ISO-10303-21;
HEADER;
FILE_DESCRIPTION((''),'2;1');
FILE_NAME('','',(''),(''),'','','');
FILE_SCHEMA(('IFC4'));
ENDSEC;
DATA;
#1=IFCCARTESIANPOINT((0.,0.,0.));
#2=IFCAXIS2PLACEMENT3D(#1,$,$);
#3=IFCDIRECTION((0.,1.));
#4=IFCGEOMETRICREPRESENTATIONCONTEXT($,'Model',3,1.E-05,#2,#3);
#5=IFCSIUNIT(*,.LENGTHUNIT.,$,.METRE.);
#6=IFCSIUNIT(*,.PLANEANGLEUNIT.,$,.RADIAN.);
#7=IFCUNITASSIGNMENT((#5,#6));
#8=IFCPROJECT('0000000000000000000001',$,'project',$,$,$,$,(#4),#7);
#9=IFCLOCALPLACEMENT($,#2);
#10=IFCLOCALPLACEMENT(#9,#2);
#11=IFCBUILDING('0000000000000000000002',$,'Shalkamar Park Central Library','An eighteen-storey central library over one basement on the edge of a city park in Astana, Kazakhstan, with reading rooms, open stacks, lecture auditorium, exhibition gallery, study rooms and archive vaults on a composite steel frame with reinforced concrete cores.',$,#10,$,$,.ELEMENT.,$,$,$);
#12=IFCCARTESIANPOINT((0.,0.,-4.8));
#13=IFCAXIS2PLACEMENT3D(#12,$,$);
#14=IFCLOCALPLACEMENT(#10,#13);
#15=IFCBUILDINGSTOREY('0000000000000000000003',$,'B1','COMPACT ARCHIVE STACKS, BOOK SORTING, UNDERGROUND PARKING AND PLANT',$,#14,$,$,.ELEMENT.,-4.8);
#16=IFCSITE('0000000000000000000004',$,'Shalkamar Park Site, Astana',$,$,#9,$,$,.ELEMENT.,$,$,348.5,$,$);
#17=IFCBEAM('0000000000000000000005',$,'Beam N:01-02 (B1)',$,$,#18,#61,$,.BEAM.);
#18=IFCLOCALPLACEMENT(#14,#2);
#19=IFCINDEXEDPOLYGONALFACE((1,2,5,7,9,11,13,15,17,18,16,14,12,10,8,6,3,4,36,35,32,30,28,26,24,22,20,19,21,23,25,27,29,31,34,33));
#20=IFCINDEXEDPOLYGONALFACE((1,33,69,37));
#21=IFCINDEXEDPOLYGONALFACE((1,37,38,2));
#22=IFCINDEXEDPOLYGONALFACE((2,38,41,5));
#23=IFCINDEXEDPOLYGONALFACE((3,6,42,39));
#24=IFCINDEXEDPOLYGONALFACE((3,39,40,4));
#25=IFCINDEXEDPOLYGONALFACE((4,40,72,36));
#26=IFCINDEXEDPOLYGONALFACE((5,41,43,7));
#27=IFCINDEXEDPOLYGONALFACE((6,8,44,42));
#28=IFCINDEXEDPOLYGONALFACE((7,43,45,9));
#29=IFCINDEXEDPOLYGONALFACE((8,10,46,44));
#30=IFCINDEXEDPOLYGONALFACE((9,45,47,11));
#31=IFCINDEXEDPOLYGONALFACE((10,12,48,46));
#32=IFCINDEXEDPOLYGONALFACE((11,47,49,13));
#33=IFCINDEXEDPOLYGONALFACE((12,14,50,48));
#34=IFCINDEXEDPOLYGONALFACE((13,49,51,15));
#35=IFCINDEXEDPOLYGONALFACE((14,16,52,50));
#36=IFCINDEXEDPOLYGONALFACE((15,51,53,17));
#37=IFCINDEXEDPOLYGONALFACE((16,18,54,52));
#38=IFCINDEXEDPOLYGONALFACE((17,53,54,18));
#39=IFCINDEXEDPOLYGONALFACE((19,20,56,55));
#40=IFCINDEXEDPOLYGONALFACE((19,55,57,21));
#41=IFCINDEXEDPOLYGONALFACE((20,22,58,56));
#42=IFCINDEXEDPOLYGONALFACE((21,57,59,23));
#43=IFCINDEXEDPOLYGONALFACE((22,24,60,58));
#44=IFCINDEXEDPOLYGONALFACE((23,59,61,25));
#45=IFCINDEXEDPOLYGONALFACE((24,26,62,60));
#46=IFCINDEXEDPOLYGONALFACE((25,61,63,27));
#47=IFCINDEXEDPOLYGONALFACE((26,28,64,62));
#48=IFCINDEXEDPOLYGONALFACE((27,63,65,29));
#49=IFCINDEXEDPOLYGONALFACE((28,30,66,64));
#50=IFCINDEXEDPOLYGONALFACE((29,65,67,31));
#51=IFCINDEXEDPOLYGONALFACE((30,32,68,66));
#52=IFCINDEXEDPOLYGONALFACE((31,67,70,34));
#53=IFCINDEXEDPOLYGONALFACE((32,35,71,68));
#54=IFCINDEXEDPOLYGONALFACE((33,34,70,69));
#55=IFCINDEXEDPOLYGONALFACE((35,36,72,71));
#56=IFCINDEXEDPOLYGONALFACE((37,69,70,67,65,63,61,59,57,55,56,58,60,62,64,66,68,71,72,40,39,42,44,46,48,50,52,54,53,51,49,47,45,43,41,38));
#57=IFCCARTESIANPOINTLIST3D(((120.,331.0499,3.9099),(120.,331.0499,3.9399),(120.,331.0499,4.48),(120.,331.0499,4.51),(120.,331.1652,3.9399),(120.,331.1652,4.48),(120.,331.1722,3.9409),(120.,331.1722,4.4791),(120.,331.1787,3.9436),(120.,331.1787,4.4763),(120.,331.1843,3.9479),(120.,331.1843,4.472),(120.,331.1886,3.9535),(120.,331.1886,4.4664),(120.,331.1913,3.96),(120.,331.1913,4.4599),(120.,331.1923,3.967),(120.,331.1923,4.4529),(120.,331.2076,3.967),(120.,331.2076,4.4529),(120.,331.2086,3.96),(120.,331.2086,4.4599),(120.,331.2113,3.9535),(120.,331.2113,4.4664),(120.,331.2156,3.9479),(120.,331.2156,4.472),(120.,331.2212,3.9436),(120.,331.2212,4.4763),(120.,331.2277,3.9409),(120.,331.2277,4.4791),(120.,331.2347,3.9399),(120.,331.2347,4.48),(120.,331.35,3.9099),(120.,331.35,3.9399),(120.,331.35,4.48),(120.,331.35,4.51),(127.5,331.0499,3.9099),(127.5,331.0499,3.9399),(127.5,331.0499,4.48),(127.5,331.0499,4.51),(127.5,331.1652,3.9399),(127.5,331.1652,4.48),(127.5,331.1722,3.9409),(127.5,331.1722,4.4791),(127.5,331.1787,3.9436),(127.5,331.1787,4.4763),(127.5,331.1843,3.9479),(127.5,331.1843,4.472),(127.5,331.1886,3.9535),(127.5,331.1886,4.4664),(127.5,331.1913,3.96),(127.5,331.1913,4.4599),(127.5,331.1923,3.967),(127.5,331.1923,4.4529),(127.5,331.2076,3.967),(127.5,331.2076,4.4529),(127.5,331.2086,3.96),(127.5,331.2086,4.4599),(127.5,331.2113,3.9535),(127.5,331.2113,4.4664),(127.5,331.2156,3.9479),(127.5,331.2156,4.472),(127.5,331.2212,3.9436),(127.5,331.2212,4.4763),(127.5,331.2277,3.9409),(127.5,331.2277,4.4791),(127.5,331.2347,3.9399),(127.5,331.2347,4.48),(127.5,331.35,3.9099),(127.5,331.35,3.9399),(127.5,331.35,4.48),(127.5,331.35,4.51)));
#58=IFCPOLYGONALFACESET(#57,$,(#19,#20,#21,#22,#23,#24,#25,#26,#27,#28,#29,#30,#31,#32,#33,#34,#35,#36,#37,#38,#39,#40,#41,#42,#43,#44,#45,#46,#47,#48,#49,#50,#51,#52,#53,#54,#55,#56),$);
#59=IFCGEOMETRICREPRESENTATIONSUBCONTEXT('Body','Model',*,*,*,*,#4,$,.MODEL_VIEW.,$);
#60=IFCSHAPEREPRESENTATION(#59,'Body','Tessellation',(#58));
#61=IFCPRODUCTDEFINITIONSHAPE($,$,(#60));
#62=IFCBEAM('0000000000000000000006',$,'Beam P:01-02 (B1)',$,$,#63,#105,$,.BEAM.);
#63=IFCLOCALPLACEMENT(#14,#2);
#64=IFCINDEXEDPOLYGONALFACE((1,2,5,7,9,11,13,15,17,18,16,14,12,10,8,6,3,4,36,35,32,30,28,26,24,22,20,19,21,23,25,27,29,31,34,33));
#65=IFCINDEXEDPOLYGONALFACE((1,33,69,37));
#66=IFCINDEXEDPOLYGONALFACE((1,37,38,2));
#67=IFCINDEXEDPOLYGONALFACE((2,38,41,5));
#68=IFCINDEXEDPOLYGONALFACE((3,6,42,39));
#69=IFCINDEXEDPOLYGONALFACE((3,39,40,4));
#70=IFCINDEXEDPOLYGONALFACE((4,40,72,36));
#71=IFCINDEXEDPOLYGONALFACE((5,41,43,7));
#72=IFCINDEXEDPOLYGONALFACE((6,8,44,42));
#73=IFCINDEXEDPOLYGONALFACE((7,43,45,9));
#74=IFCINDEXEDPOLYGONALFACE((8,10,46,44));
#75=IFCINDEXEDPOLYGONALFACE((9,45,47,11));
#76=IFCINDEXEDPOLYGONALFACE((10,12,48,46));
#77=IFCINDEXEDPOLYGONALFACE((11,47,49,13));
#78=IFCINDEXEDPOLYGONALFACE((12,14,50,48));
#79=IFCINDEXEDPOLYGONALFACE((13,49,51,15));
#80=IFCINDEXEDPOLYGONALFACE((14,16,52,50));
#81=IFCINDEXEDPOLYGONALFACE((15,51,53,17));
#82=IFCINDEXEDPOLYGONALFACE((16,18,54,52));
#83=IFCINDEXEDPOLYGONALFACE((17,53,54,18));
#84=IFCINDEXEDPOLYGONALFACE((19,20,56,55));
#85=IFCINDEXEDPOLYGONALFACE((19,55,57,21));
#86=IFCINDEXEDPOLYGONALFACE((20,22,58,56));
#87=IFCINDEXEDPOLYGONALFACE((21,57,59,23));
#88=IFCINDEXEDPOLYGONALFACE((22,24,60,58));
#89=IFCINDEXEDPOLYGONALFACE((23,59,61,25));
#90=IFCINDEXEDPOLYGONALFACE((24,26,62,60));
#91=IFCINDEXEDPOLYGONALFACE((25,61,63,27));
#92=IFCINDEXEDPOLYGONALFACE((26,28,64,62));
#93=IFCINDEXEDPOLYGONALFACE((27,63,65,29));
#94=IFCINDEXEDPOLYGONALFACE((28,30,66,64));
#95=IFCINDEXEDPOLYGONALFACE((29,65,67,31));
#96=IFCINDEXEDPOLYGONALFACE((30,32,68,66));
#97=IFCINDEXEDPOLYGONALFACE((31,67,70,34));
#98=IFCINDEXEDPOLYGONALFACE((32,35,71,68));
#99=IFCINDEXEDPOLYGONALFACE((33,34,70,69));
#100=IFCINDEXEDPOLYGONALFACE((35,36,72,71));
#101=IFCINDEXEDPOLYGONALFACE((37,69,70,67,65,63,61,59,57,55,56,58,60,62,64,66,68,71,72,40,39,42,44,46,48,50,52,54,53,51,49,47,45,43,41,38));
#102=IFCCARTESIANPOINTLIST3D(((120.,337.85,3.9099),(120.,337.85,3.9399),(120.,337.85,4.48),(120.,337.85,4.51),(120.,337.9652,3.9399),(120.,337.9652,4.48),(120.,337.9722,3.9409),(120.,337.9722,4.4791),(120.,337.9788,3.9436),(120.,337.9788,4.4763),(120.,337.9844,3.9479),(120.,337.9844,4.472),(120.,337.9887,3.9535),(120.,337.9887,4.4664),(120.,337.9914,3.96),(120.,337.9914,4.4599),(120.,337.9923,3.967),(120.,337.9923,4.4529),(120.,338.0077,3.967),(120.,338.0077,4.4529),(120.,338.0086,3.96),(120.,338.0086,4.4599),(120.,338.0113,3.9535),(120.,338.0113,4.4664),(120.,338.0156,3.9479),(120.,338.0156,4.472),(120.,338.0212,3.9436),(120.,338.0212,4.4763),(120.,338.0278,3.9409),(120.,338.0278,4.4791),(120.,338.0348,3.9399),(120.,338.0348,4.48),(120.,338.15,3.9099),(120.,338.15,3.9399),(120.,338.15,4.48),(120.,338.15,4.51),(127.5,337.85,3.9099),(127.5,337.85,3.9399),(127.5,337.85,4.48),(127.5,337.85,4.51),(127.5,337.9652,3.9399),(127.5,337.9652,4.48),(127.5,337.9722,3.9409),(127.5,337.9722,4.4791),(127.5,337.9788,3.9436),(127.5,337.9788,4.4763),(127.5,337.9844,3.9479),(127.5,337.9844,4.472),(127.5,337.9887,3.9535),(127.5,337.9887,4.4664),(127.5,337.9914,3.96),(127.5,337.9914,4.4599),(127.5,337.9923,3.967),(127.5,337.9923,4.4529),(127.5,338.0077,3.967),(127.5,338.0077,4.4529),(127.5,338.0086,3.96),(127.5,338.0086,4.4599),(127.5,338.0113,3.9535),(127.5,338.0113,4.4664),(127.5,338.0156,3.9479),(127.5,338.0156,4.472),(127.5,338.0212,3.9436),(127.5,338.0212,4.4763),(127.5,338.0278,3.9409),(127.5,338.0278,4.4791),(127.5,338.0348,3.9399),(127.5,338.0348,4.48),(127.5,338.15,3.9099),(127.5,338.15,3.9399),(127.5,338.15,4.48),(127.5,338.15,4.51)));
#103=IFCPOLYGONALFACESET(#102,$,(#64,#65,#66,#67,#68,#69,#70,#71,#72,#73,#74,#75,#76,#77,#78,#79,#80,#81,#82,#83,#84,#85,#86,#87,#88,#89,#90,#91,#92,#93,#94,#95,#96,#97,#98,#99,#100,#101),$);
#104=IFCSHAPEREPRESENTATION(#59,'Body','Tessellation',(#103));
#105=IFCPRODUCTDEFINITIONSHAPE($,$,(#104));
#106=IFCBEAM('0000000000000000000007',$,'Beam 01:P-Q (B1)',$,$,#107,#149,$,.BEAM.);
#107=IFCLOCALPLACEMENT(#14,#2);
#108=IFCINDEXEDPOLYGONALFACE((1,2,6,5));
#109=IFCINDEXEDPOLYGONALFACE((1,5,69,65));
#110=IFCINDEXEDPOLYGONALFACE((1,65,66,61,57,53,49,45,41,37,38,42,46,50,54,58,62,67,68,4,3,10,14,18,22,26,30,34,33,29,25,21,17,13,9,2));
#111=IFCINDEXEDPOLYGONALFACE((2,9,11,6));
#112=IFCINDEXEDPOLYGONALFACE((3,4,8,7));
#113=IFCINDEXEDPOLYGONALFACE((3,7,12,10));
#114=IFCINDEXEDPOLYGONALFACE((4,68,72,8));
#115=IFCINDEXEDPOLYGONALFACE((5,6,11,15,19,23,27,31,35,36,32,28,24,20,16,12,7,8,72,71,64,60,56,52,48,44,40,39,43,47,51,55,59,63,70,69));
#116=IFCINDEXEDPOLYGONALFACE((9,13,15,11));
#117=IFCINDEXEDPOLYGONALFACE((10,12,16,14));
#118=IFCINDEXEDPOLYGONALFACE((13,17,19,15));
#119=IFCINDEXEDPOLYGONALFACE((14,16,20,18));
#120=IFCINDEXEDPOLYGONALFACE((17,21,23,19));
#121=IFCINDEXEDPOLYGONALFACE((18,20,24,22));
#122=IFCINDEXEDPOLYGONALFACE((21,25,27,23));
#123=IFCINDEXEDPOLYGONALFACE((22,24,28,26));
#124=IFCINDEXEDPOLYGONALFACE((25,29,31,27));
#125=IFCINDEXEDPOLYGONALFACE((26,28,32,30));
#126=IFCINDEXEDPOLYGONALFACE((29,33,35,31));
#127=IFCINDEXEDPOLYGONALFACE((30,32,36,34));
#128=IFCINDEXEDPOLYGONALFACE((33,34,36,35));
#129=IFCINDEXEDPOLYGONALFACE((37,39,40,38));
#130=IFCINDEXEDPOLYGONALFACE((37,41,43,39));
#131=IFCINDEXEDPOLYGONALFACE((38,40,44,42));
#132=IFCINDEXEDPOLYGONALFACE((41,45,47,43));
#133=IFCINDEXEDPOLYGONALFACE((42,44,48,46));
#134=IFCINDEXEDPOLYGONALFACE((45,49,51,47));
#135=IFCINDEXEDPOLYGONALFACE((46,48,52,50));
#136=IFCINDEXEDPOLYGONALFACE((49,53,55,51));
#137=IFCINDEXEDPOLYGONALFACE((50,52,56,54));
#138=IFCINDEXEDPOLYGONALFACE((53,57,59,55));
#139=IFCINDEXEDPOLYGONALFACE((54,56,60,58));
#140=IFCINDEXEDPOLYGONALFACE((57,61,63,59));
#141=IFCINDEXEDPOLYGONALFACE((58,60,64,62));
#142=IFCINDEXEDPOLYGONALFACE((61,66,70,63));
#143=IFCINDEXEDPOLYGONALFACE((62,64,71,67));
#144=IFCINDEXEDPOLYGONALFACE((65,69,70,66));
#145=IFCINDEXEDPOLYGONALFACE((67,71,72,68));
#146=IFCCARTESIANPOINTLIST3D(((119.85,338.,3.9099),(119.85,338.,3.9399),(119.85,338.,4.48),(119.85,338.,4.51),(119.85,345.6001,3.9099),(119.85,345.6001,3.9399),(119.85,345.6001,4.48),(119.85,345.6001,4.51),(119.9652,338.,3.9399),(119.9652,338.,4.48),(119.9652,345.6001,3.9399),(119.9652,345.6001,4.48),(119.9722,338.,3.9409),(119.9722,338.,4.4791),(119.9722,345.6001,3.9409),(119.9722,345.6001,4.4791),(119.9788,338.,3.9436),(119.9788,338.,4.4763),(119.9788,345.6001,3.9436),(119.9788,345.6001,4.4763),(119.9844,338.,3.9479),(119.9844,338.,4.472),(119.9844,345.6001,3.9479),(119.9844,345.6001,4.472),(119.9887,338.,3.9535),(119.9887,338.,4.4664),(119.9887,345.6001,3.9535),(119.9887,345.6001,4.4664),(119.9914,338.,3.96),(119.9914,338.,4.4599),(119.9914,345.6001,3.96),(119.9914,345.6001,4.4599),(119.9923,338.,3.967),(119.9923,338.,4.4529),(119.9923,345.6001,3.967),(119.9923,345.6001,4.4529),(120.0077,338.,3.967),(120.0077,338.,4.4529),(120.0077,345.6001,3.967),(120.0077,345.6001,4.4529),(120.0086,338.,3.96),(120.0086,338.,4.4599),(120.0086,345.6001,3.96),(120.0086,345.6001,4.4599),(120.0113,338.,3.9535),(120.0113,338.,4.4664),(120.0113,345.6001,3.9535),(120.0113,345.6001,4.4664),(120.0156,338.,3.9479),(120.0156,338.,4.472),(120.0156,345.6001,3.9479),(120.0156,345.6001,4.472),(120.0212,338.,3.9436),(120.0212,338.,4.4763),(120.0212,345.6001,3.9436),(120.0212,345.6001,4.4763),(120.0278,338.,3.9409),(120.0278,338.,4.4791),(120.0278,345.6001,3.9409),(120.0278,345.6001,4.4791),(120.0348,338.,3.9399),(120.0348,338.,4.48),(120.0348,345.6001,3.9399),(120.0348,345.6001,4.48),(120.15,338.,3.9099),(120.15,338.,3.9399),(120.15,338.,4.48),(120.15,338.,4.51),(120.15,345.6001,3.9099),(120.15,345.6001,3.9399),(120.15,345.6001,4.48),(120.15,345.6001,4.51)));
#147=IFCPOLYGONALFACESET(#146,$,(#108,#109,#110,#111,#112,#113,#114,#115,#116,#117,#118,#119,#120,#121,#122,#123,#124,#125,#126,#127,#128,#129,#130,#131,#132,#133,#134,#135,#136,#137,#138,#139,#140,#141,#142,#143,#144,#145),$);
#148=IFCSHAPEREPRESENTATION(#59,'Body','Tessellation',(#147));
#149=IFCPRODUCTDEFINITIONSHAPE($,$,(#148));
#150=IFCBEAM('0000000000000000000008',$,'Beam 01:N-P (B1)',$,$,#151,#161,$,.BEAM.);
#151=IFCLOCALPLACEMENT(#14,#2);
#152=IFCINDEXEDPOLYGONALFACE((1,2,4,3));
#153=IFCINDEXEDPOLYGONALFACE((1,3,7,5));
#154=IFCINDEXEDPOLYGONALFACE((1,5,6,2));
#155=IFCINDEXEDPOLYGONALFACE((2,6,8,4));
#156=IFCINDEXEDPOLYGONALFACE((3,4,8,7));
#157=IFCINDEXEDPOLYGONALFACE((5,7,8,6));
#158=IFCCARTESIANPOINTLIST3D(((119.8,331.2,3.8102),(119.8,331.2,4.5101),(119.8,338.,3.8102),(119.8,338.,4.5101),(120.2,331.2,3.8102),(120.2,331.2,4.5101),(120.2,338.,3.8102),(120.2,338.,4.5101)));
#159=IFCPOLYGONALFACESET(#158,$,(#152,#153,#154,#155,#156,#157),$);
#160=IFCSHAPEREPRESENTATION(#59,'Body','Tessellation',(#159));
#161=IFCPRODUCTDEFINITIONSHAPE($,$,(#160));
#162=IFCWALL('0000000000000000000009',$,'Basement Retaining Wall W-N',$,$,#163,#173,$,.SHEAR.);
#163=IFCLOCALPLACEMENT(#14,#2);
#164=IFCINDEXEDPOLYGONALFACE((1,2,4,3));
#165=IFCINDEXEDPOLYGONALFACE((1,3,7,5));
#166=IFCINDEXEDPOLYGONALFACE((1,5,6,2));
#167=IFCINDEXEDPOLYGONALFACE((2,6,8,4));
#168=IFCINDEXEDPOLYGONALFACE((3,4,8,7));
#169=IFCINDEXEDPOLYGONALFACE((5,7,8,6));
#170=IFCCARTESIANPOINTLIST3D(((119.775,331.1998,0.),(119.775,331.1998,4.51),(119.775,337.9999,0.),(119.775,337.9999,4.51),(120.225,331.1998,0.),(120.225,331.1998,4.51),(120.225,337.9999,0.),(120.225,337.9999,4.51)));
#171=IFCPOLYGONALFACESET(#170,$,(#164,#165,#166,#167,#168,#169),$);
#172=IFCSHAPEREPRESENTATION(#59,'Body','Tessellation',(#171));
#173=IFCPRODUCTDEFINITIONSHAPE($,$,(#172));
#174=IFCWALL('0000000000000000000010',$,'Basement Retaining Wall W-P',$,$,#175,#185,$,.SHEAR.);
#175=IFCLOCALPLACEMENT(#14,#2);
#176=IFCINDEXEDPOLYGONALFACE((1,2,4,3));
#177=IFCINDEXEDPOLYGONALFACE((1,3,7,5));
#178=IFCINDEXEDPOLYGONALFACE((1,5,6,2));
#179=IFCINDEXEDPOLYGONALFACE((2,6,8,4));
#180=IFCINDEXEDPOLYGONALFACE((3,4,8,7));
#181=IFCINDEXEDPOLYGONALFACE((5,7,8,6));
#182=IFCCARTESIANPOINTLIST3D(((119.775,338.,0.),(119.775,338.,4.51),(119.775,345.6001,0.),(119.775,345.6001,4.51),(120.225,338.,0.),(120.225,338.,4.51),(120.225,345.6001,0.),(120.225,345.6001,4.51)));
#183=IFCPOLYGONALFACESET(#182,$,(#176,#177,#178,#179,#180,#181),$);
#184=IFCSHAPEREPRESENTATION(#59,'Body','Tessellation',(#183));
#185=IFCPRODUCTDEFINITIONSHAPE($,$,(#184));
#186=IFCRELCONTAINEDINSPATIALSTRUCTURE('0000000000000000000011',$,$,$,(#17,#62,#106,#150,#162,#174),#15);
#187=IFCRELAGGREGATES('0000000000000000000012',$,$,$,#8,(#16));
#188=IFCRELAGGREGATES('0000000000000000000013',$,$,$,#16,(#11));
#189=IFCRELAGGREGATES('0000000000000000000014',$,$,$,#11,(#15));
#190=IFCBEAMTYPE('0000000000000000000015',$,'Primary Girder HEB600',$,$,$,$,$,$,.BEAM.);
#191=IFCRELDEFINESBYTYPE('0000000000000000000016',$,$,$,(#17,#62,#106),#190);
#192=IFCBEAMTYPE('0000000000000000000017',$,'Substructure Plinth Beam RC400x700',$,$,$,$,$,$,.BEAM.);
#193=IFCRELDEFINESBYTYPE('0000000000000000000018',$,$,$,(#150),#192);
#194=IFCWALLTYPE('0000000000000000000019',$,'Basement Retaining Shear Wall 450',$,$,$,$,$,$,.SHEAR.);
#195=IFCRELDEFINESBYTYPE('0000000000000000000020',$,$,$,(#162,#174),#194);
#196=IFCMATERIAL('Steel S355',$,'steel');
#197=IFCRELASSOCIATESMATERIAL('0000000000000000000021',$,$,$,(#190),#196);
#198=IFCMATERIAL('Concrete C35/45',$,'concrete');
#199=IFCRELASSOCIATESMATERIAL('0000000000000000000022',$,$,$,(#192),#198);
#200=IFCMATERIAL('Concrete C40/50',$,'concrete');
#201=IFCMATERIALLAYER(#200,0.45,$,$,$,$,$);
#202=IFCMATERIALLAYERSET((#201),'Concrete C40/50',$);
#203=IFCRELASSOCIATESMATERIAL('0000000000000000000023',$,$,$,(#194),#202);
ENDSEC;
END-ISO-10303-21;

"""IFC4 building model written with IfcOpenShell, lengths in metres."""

from ifc_helpers import new_model, si_unit, direction, frame, frame_2d, origin, origin_2d, place, context, subcontext, project, spatial, rectangle, i_section, extrude, material, layer, layer_set, material_profile, profile_set, type_object, element, save


model = new_model("IFC4")

# Units and contexts
model_context = context("Model", 3, precision=1e-05, world=origin(), true_north=direction((0.0, 1.0)))
body_context = subcontext(model_context, "Body", "Model", "MODEL_VIEW")
ifc_project = project(units=[si_unit("LENGTHUNIT", "METRE"), si_unit("PLANEANGLEUNIT", "RADIAN")], contexts=[model_context])

# Site, building, storey
site_placement = place(None, origin())
site = spatial("IfcSite", under=ifc_project, at=site_placement, Name="Shalkamar Park Site, Astana", CompositionType="ELEMENT", RefElevation=348.5)
building_placement = place(site_placement, origin())
building = spatial("IfcBuilding", under=site, at=building_placement, Name="Shalkamar Park Central Library", Description="An eighteen-storey central library over one basement on the edge of a city park in Astana, Kazakhstan, with reading rooms, open stacks, lecture auditorium, exhibition gallery, study rooms and archive vaults on a composite steel frame with reinforced concrete cores.", CompositionType="ELEMENT")
storey_placement = place(building_placement, frame((0.0, 0.0, -4.8)))
storey = spatial("IfcBuildingStorey", under=building, at=storey_placement, Name="B1", Description="COMPACT ARCHIVE STACKS, BOOK SORTING, UNDERGROUND PARKING AND PLANT", CompositionType="ELEMENT", Elevation=-4.8)

# Shared definitions
ifc_material_1 = material(Name="Concrete C35/45", Category="concrete")

# Shared definitions
ifc_material_2 = material(Name="Concrete C40/50", Category="concrete")

# Beams
ifc_material_3 = material(Name="Steel S355", Category="steel")
ifc_material_profile_1 = material_profile(ifc_material_3, i_section(OverallWidth=0.3, OverallDepth=0.6001, WebThickness=0.0154, FlangeThickness=0.03, FilletRadius=0.0271, at=origin_2d()), Name="HEB 600")
ifc_profile_set_1 = profile_set([ifc_material_profile_1], Name="Steel S355")
beam_type_1 = type_object("IfcBeamType", Name="Primary Girder HEB600", PredefinedType="BEAM", material=ifc_profile_set_1)
for number, where, z_axis, x_axis, name in (
    (1, (120.0, 331.2, 4.21), (1.0, 0.0, 0.0), (0.0, 1.0, 0.0), "Beam N:01-02 (B1)"),
    (2, (120.0, 338.0, 4.21), (1.0, 0.0, 0.0), (0.0, 1.0, 0.0), "Beam P:01-02 (B1)"),
):
    element("IfcBeam", number, at=place(storey_placement, frame(where, z_axis=z_axis, x_axis=x_axis)), inside=storey, type_object=beam_type_1, Name=name, PredefinedType="BEAM", context=body_context, shape_type="SweptSolid", body=[
        extrude(i_section(OverallWidth=0.3, OverallDepth=0.6001, WebThickness=0.0154, FlangeThickness=0.03, FilletRadius=0.0271, at=origin_2d()), origin(), (0.0, 0.0, 1.0), 7.5),
    ])
beam_1_placement = place(storey_placement, frame((120.0, 338.0, 4.21), z_axis=(0.0, 1.0, 0.0), x_axis=(-1.0, 0.0, 0.0)))
element("IfcBeam", 3, at=beam_1_placement, inside=storey, type_object=beam_type_1, Name="Beam 01:P-Q (B1)", PredefinedType="BEAM", context=body_context, shape_type="SweptSolid", body=[
    extrude(i_section(OverallWidth=0.3, OverallDepth=0.6001, WebThickness=0.0154, FlangeThickness=0.03, FilletRadius=0.0271, at=origin_2d()), origin(), (0.0, 0.0, 1.0), 7.6001),
])
ifc_material_profile_2 = material_profile(ifc_material_1, rectangle(XDim=0.3999, YDim=0.7, at=origin_2d()), Name="RC 400x700")
ifc_profile_set_2 = profile_set([ifc_material_profile_2], Name="Concrete C35/45")
beam_type_2 = type_object("IfcBeamType", Name="Substructure Plinth Beam RC400x700", PredefinedType="BEAM", material=ifc_profile_set_2)
beam_2_placement = place(storey_placement, frame((120.0, 331.2, 4.1602), z_axis=(0.0, 1.0, 0.0), x_axis=(-1.0, 0.0, 0.0)))
element("IfcBeam", 4, at=beam_2_placement, inside=storey, type_object=beam_type_2, Name="Beam 01:N-P (B1)", PredefinedType="BEAM", context=body_context, shape_type="SweptSolid", body=[
    extrude(rectangle(XDim=0.3999, YDim=0.7, at=origin_2d()), origin(), (0.0, 0.0, 1.0), 6.8),
])

# Walls
ifc_layer = layer(ifc_material_2, 0.45)
ifc_layer_set = layer_set([ifc_layer], Name="Concrete C40/50")
wall_type = type_object("IfcWallType", Name="Basement Retaining Shear Wall 450", PredefinedType="SHEAR", material=ifc_layer_set)
wall_1_placement = place(storey_placement, frame((120.0, 331.2, 0.0), z_axis=(0.0, 0.0, 1.0), x_axis=(0.0, 1.0, 0.0)))
element("IfcWall", 5, at=wall_1_placement, inside=storey, type_object=wall_type, Name="Basement Retaining Wall W-N", PredefinedType="SHEAR", context=body_context, shape_type="SweptSolid", body=[
    extrude(rectangle(XDim=6.8, YDim=0.45, at=frame_2d((3.3999, 0.0))), origin(), (0.0, 0.0, 1.0), 4.51),
])
wall_2_placement = place(storey_placement, frame((120.0, 338.0, 0.0), z_axis=(0.0, 0.0, 1.0), x_axis=(0.0, 1.0, 0.0)))
element("IfcWall", 6, at=wall_2_placement, inside=storey, type_object=wall_type, Name="Basement Retaining Wall W-P", PredefinedType="SHEAR", context=body_context, shape_type="SweptSolid", body=[
    extrude(rectangle(XDim=7.6001, YDim=0.45, at=frame_2d((3.8, 0.0))), origin(), (0.0, 0.0, 1.0), 4.51),
])

save(model, "model.ifc")
